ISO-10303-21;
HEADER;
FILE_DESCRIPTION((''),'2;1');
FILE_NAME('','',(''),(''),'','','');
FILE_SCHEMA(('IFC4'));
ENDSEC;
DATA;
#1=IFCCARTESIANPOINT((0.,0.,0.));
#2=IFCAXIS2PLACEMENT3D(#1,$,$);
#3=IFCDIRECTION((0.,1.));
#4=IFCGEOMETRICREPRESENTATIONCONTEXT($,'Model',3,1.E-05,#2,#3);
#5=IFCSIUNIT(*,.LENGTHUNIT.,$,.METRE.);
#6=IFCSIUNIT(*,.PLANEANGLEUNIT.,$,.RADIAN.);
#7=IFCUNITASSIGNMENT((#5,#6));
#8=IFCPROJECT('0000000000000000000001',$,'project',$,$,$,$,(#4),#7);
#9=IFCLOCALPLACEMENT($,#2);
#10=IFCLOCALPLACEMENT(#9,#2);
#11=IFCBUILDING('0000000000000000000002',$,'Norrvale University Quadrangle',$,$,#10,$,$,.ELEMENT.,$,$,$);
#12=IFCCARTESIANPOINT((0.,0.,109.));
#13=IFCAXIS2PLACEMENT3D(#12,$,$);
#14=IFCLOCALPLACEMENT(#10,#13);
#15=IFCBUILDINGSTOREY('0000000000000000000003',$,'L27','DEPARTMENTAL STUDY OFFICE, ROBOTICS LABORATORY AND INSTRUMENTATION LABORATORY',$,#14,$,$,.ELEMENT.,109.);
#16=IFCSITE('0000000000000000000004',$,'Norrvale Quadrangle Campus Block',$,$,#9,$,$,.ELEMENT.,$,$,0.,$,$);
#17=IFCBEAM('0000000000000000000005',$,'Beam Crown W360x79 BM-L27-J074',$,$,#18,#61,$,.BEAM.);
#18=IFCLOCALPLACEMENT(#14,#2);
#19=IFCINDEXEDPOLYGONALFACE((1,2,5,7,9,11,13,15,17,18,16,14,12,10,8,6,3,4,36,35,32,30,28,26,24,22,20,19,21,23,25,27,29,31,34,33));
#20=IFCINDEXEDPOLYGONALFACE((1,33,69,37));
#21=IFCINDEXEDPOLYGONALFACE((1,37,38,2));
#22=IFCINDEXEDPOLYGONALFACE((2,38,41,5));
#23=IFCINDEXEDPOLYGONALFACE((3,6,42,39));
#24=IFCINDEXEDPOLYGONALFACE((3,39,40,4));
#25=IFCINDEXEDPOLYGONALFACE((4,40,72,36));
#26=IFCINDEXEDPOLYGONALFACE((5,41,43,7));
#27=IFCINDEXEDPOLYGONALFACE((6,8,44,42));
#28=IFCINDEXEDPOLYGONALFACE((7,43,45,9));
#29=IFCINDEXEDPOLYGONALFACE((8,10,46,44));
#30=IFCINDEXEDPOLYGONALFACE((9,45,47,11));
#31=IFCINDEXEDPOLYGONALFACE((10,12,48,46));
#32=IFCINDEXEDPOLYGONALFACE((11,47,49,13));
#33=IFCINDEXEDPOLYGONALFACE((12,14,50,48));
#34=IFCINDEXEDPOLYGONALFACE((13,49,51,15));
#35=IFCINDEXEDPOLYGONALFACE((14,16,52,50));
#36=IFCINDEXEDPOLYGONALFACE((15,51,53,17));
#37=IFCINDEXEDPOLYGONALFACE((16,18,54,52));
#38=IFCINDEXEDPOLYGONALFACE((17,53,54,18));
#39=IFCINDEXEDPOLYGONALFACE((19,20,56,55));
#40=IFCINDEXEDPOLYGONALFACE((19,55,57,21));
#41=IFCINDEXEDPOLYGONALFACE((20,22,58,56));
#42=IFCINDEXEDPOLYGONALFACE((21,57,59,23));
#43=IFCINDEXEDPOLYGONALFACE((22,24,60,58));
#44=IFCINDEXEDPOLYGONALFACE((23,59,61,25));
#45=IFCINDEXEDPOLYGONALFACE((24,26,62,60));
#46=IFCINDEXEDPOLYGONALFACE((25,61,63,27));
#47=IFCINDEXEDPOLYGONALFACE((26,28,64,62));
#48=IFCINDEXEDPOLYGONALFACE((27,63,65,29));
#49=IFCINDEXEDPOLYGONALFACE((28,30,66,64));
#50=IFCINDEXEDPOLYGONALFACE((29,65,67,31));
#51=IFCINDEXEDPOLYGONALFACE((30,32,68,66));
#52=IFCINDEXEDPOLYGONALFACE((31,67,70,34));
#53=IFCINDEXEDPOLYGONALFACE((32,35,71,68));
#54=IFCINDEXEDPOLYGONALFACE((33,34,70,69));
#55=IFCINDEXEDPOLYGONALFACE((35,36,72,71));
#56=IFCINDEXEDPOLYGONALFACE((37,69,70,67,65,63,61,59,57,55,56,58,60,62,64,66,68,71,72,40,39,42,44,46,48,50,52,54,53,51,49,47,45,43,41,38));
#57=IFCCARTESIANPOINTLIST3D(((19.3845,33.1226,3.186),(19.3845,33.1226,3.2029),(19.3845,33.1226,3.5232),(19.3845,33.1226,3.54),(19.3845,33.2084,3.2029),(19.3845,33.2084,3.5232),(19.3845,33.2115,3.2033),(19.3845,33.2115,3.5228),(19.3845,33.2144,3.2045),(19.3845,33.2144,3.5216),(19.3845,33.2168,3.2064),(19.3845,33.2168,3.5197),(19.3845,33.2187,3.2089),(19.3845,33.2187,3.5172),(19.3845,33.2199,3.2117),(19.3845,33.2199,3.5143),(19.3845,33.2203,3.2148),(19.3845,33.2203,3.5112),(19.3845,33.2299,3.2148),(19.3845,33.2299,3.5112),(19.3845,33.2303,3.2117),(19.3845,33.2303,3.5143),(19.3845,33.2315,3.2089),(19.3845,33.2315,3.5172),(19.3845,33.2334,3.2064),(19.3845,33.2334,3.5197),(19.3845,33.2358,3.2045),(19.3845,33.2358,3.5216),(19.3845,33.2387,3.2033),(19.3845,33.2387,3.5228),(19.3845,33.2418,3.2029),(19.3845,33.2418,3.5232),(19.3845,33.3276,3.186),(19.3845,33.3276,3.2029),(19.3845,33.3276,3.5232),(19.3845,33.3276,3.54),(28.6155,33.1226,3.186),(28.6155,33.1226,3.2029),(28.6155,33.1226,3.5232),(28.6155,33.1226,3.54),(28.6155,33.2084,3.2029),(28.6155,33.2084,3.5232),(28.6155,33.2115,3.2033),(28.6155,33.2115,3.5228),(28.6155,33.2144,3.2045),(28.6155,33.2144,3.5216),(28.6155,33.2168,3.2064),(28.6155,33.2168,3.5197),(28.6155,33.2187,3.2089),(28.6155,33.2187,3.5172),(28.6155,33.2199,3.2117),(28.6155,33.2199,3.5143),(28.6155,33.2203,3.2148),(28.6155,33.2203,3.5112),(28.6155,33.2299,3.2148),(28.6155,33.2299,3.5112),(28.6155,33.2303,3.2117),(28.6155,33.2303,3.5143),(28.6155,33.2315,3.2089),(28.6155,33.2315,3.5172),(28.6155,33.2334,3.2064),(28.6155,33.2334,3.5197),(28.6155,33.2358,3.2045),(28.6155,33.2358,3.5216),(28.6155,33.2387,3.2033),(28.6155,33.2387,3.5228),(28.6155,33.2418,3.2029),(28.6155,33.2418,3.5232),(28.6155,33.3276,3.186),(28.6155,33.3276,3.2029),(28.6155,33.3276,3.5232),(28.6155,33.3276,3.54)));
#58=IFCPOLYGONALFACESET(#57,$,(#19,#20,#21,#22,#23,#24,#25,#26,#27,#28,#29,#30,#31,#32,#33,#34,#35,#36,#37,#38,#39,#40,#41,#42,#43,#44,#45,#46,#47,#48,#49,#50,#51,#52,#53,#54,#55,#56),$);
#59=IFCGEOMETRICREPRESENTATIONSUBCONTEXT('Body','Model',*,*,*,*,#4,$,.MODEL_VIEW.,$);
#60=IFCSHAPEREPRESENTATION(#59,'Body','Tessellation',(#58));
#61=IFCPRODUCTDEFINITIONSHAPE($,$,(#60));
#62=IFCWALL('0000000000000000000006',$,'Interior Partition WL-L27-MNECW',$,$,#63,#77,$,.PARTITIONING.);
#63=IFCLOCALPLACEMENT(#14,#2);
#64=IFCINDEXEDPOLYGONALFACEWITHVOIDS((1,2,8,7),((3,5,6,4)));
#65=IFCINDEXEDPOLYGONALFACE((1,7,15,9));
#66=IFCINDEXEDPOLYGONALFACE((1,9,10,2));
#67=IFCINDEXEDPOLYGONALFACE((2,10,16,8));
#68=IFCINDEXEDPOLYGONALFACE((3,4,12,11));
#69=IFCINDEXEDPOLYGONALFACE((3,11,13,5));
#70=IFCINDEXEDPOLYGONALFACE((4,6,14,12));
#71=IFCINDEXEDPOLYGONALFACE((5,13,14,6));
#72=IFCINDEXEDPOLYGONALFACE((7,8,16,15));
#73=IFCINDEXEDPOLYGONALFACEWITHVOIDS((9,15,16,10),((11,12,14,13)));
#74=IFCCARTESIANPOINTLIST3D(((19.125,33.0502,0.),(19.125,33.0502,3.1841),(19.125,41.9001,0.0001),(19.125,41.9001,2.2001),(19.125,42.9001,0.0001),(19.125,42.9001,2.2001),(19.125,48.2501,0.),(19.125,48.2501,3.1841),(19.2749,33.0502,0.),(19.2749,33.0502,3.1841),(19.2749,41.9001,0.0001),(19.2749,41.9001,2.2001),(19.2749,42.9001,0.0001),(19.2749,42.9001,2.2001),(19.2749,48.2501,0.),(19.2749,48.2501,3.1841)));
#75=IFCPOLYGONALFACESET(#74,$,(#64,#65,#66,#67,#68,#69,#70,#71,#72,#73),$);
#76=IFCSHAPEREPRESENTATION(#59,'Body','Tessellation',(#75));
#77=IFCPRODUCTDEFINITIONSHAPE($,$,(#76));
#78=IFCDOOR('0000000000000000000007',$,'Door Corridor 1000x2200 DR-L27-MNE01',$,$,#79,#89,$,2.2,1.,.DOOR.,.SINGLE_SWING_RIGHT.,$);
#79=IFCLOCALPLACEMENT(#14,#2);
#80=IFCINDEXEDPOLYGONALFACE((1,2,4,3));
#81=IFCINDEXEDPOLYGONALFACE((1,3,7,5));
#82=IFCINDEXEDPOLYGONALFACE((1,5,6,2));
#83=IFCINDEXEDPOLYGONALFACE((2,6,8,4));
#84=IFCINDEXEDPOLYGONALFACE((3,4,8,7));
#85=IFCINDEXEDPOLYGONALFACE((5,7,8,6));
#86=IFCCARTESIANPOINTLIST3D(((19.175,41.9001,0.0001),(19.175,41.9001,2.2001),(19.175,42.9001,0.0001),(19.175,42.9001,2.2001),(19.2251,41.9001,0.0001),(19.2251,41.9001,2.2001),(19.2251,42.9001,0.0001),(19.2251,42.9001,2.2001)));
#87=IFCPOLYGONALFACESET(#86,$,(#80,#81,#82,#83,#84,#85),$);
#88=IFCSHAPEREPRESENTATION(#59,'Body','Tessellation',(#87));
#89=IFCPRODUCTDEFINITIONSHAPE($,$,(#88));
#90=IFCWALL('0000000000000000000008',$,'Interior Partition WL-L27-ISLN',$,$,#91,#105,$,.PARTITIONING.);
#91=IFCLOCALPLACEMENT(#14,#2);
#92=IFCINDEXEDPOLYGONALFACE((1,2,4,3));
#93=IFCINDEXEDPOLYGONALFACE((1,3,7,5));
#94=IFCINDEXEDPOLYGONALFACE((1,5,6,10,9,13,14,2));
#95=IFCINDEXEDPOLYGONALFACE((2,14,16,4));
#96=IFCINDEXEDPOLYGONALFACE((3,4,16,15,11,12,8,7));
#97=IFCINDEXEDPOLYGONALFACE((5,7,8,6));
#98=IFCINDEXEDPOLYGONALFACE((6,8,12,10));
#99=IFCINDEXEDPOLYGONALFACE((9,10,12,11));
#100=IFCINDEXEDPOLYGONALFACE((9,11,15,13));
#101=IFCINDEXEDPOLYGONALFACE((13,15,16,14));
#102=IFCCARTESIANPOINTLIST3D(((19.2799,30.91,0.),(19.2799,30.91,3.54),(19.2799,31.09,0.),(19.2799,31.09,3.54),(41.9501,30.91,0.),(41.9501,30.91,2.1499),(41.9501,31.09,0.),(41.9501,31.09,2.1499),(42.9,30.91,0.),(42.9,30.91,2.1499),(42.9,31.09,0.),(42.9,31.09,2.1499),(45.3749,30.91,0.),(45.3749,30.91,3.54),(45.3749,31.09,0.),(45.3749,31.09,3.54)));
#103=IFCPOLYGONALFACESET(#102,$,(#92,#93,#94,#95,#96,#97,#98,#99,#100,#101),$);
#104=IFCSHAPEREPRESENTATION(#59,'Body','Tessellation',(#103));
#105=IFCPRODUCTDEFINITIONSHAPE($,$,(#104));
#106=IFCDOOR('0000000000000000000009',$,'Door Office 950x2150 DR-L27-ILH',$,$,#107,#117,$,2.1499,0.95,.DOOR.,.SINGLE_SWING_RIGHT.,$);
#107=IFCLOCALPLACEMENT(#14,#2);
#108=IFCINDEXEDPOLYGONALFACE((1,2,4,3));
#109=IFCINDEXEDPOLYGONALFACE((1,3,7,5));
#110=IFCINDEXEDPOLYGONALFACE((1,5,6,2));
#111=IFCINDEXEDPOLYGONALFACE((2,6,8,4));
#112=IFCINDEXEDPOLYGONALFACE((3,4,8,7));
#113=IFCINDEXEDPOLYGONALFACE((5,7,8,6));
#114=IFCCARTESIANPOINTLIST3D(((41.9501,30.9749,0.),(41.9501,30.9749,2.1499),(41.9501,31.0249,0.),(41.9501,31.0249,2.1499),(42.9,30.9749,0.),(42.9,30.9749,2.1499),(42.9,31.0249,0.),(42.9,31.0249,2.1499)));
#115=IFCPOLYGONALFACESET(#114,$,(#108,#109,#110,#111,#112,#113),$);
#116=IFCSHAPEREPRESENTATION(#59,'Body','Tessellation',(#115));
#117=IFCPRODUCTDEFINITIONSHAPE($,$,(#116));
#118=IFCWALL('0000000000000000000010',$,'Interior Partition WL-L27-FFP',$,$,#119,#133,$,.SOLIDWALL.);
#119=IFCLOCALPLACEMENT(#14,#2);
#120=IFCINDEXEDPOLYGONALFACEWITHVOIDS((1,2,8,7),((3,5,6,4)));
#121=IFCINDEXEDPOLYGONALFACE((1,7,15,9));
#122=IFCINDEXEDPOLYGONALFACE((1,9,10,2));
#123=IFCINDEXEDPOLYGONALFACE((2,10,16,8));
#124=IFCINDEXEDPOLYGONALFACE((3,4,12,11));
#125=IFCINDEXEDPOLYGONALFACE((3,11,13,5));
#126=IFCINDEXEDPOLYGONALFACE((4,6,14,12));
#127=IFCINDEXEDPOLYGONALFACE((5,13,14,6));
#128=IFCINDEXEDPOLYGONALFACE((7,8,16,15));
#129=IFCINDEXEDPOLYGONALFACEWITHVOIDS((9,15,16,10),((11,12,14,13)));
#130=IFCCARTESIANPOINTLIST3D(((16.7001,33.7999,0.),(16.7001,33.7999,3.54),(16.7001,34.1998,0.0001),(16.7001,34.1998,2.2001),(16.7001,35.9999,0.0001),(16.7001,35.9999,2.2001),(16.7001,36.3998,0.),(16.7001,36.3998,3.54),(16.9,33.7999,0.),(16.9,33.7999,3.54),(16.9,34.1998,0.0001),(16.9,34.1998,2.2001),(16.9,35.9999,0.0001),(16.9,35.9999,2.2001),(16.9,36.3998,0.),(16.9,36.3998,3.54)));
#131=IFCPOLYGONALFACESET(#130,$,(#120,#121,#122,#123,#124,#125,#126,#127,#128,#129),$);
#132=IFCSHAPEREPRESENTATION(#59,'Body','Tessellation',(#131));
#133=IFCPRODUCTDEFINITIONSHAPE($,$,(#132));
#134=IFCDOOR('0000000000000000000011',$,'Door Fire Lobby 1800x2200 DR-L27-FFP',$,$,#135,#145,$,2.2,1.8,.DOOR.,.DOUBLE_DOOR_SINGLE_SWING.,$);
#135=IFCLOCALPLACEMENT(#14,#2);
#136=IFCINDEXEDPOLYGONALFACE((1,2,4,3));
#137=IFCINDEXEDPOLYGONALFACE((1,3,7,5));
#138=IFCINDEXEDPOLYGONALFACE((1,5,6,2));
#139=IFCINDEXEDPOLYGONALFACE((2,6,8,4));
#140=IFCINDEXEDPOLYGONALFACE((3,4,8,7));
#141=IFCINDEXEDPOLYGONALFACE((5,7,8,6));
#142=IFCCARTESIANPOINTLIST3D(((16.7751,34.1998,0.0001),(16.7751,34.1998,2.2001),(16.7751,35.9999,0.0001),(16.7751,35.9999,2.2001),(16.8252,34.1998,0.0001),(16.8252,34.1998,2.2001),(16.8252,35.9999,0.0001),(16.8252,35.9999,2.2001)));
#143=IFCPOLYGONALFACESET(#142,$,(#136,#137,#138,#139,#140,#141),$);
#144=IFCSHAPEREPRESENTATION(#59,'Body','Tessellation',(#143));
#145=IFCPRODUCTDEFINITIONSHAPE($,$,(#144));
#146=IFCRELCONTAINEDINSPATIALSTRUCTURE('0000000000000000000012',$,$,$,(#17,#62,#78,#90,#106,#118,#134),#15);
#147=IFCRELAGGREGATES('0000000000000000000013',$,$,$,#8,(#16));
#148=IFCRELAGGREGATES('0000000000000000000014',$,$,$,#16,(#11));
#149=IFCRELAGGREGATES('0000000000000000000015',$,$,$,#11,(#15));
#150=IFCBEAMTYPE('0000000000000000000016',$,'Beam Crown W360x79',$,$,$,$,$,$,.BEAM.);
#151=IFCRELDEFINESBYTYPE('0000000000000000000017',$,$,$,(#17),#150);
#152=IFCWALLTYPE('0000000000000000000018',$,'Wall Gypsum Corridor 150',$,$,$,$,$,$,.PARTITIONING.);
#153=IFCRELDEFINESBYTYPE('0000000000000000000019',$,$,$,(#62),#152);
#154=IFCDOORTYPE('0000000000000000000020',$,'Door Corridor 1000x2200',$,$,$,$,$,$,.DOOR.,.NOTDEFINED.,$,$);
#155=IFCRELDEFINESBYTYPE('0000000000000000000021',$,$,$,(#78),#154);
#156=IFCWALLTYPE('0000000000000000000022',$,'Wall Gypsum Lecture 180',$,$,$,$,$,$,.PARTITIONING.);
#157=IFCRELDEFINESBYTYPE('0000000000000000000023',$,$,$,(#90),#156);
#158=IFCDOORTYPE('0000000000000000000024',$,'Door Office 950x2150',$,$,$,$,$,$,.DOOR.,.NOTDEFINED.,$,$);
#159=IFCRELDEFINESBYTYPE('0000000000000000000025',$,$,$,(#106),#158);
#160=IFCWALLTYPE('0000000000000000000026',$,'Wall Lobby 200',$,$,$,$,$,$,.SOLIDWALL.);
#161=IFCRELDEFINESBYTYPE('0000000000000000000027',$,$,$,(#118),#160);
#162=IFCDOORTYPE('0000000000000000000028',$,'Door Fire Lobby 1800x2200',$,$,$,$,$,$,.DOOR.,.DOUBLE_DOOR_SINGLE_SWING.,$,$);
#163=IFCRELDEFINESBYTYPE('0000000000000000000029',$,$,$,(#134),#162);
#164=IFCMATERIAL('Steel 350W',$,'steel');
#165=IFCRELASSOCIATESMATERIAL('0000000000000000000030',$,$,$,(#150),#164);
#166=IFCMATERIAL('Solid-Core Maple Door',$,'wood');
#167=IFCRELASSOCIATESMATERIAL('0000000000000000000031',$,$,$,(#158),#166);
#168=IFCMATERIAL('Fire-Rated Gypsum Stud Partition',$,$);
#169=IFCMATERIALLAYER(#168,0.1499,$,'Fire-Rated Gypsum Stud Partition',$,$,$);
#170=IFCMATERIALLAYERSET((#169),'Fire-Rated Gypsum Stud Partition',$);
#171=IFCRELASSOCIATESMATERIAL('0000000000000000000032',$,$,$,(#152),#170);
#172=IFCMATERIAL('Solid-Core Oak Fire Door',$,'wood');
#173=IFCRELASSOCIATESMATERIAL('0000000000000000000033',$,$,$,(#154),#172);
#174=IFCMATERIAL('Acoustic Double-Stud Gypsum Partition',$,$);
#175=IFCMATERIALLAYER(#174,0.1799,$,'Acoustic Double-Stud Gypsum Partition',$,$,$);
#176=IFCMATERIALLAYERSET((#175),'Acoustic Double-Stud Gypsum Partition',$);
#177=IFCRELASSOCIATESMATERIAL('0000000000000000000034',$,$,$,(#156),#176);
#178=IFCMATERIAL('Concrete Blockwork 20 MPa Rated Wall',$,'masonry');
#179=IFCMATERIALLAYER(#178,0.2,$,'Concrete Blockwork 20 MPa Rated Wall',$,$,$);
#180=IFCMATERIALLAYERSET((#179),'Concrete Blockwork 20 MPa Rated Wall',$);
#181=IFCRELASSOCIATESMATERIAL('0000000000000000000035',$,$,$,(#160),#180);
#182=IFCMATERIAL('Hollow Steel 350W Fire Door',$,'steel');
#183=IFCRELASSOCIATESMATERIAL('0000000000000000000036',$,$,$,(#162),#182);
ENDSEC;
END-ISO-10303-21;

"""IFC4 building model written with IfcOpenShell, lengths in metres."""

from ifc_helpers import new_model, si_unit, direction, frame, frame_2d, origin, origin_2d, place, context, subcontext, project, spatial, rectangle, i_section, extrude, material, layer, layer_set, material_profile, profile_set, type_object, element, fill, save


model = new_model("IFC4")

# Units and contexts
model_context = context("Model", 3, precision=1e-05, world=origin(), true_north=direction((0.0, 1.0)))
body_context = subcontext(model_context, "Body", "Model", "MODEL_VIEW")
ifc_project = project(units=[si_unit("LENGTHUNIT", "METRE"), si_unit("PLANEANGLEUNIT", "RADIAN")], contexts=[model_context])

# Site, building, storey
site_placement = place(None, origin())
site = spatial("IfcSite", under=ifc_project, at=site_placement, Name="Norrvale Quadrangle Campus Block", CompositionType="ELEMENT", RefElevation=0.0)
building_placement = place(site_placement, origin())
building = spatial("IfcBuilding", under=site, at=building_placement, Name="Norrvale University Quadrangle", CompositionType="ELEMENT")
storey_placement = place(building_placement, frame((0.0, 0.0, 109.0)))
storey = spatial("IfcBuildingStorey", under=building, at=storey_placement, Name="L27", Description="DEPARTMENTAL STUDY OFFICE, ROBOTICS LABORATORY AND INSTRUMENTATION LABORATORY", CompositionType="ELEMENT", Elevation=109.0)

# Beam
ifc_material_1 = material(Name="Steel 350W", Category="steel")
ifc_material_profile_1 = material_profile(ifc_material_1, i_section(OverallWidth=0.2051, OverallDepth=0.354, WebThickness=0.0095, FlangeThickness=0.0168, FilletRadius=0.012, at=origin_2d()), Name="Steel 350W")
ifc_profile_set_1 = profile_set([ifc_material_profile_1], Name="Steel 350W")
beam_type_1 = type_object("IfcBeamType", Name="Beam Crown W360x79", PredefinedType="BEAM", material=ifc_profile_set_1)
for number, where, z_axis, x_axis, name in (
    (1, (19.3845, 33.2251, 3.363), (1.0, 0.0, 0.0), (0.0, 1.0, 0.0), "Beam Crown W360x79 BM-L27-J074"),
):
    element("IfcBeam", number, at=place(storey_placement, frame(where, z_axis=z_axis, x_axis=x_axis)), inside=storey, type_object=beam_type_1, Name=name, PredefinedType="BEAM", context=body_context, shape_type="SweptSolid", body=[
        extrude(i_section(OverallWidth=0.2051, OverallDepth=0.354, WebThickness=0.0095, FlangeThickness=0.0168, FilletRadius=0.012, at=origin_2d()), origin(), (0.0, 0.0, 1.0), 9.231),
    ])

# Walls, openings, doors
ifc_material_2 = material(Name="Solid-Core Maple Door", Category="wood")
door_type_1 = type_object("IfcDoorType", Name="Door Office 950x2150", OperationType="NOTDEFINED", PredefinedType="DOOR", material=ifc_material_2)
ifc_material_3 = material(Name="Fire-Rated Gypsum Stud Partition")
ifc_layer_1 = layer(ifc_material_3, 0.1499, Name="Fire-Rated Gypsum Stud Partition")
ifc_layer_set_1 = layer_set([ifc_layer_1], Name="Fire-Rated Gypsum Stud Partition")
wall_type_1 = type_object("IfcWallType", Name="Wall Gypsum Corridor 150", PredefinedType="PARTITIONING", material=ifc_layer_set_1)
wall_1_placement = place(storey_placement, frame((19.2, 33.05, 0.0), z_axis=(0.0, 0.0, 1.0), x_axis=(0.0, 1.0, 0.0)))
wall_1 = element("IfcWall", 2, at=wall_1_placement, inside=storey, type_object=wall_type_1, Name="Interior Partition WL-L27-MNECW", PredefinedType="PARTITIONING", context=body_context, shape_type="SweptSolid", body=[
    extrude(rectangle(XDim=15.2, YDim=0.1499, at=frame_2d((7.6001, 0.0))), origin(), (0.0, 0.0, 1.0), 3.1841),
])
opening_1_placement = place(wall_1_placement, frame((8.8501, 0.0, 0.0)))
opening_1 = element("IfcOpeningElement", 3, at=opening_1_placement, cuts=wall_1, PredefinedType="OPENING", context=body_context, shape_type="SweptSolid", body=[
    extrude(rectangle(XDim=1.0, YDim=2.2, at=frame_2d((0.5, 1.1001))), frame((0.0, 0.0869, 0.0), z_axis=(0.0, -1.0, 0.0), x_axis=(1.0, 0.0, 0.0)), (0.0, 0.0, 1.0), 0.1738),
])
ifc_material_4 = material(Name="Solid-Core Oak Fire Door", Category="wood")
door_type_2 = type_object("IfcDoorType", Name="Door Corridor 1000x2200", OperationType="NOTDEFINED", PredefinedType="DOOR", material=ifc_material_4)
door_1_placement = place(opening_1_placement, origin())
door_1 = element("IfcDoor", 4, at=door_1_placement, inside=storey, type_object=door_type_2, Name="Door Corridor 1000x2200 DR-L27-MNE01", OperationType="SINGLE_SWING_RIGHT", OverallHeight=2.2, OverallWidth=1.0, PredefinedType="DOOR", context=body_context, shape_type="SweptSolid", body=[
    extrude(rectangle(XDim=1.0, YDim=2.2, at=frame_2d((0.5, 1.1001))), frame((0.0, 0.0249, 0.0), z_axis=(0.0, -1.0, 0.0), x_axis=(1.0, 0.0, 0.0)), (0.0, 0.0, 1.0), 0.05),
])
fill(opening_1, door_1)
ifc_material_5 = material(Name="Acoustic Double-Stud Gypsum Partition")
ifc_layer_2 = layer(ifc_material_5, 0.1799, Name="Acoustic Double-Stud Gypsum Partition")
ifc_layer_set_2 = layer_set([ifc_layer_2], Name="Acoustic Double-Stud Gypsum Partition")
wall_type_2 = type_object("IfcWallType", Name="Wall Gypsum Lecture 180", PredefinedType="PARTITIONING", material=ifc_layer_set_2)
wall_2_placement = place(storey_placement, frame((19.28, 31.0, 0.0), z_axis=(0.0, 0.0, 1.0), x_axis=(1.0, 0.0, 0.0)))
wall_2 = element("IfcWall", 5, at=wall_2_placement, inside=storey, type_object=wall_type_2, Name="Interior Partition WL-L27-ISLN", PredefinedType="PARTITIONING", context=body_context, shape_type="SweptSolid", body=[
    extrude(rectangle(XDim=26.095, YDim=0.1799, at=frame_2d((13.0474, 0.0))), origin(), (0.0, 0.0, 1.0), 3.54),
])
opening_2_placement = place(wall_2_placement, frame((22.6699, 0.0, 0.0)))
opening_2 = element("IfcOpeningElement", 6, at=opening_2_placement, cuts=wall_2, PredefinedType="OPENING", context=body_context, shape_type="SweptSolid", body=[
    extrude(rectangle(XDim=0.95, YDim=2.1499, at=frame_2d((0.4751, 1.075))), frame((0.0, 0.1021, 0.0), z_axis=(0.0, -1.0, 0.0), x_axis=(1.0, 0.0, 0.0)), (0.0, 0.0, 1.0), 0.2039),
])
door_2_placement = place(opening_2_placement, origin())
door_2 = element("IfcDoor", 7, at=door_2_placement, inside=storey, type_object=door_type_1, Name="Door Office 950x2150 DR-L27-ILH", OperationType="SINGLE_SWING_RIGHT", OverallHeight=2.1499, OverallWidth=0.95, PredefinedType="DOOR", context=body_context, shape_type="SweptSolid", body=[
    extrude(rectangle(XDim=0.95, YDim=2.1499, at=frame_2d((0.4751, 1.075))), frame((0.0, 0.0249, 0.0), z_axis=(0.0, -1.0, 0.0), x_axis=(1.0, 0.0, 0.0)), (0.0, 0.0, 1.0), 0.05),
])
fill(opening_2, door_2)
ifc_material_6 = material(Name="Concrete Blockwork 20 MPa Rated Wall", Category="masonry")
ifc_layer_3 = layer(ifc_material_6, 0.2, Name="Concrete Blockwork 20 MPa Rated Wall")
ifc_layer_set_3 = layer_set([ifc_layer_3], Name="Concrete Blockwork 20 MPa Rated Wall")
wall_type_3 = type_object("IfcWallType", Name="Wall Lobby 200", PredefinedType="SOLIDWALL", material=ifc_layer_set_3)
wall_3_placement = place(storey_placement, frame((16.8, 33.8, 0.0), z_axis=(0.0, 0.0, 1.0), x_axis=(0.0, 1.0, 0.0)))
wall_3 = element("IfcWall", 8, at=wall_3_placement, inside=storey, type_object=wall_type_3, Name="Interior Partition WL-L27-FFP", PredefinedType="SOLIDWALL", context=body_context, shape_type="SweptSolid", body=[
    extrude(rectangle(XDim=2.5999, YDim=0.2, at=frame_2d((1.2998, 0.0))), origin(), (0.0, 0.0, 1.0), 3.54),
])
opening_3_placement = place(wall_3_placement, frame((0.3999, 0.0, 0.0)))
opening_3 = element("IfcOpeningElement", 9, at=opening_3_placement, cuts=wall_3, PredefinedType="OPENING", context=body_context, shape_type="SweptSolid", body=[
    extrude(rectangle(XDim=1.8, YDim=2.2, at=frame_2d((0.8999, 1.1001))), frame((0.0, 0.1121, 0.0), z_axis=(0.0, -1.0, 0.0), x_axis=(1.0, 0.0, 0.0)), (0.0, 0.0, 1.0), 0.2239),
])
ifc_material_7 = material(Name="Hollow Steel 350W Fire Door", Category="steel")
door_type_3 = type_object("IfcDoorType", Name="Door Fire Lobby 1800x2200", OperationType="DOUBLE_DOOR_SINGLE_SWING", PredefinedType="DOOR", material=ifc_material_7)
door_3_placement = place(opening_3_placement, origin())
door_3 = element("IfcDoor", 10, at=door_3_placement, inside=storey, type_object=door_type_3, Name="Door Fire Lobby 1800x2200 DR-L27-FFP", OperationType="DOUBLE_DOOR_SINGLE_SWING", OverallHeight=2.2, OverallWidth=1.8, PredefinedType="DOOR", context=body_context, shape_type="SweptSolid", body=[
    extrude(rectangle(XDim=1.8, YDim=2.2, at=frame_2d((0.8999, 1.1001))), frame((0.0, 0.0249, 0.0), z_axis=(0.0, -1.0, 0.0), x_axis=(1.0, 0.0, 0.0)), (0.0, 0.0, 1.0), 0.05),
])
fill(opening_3, door_3)

save(model, "model.ifc")
